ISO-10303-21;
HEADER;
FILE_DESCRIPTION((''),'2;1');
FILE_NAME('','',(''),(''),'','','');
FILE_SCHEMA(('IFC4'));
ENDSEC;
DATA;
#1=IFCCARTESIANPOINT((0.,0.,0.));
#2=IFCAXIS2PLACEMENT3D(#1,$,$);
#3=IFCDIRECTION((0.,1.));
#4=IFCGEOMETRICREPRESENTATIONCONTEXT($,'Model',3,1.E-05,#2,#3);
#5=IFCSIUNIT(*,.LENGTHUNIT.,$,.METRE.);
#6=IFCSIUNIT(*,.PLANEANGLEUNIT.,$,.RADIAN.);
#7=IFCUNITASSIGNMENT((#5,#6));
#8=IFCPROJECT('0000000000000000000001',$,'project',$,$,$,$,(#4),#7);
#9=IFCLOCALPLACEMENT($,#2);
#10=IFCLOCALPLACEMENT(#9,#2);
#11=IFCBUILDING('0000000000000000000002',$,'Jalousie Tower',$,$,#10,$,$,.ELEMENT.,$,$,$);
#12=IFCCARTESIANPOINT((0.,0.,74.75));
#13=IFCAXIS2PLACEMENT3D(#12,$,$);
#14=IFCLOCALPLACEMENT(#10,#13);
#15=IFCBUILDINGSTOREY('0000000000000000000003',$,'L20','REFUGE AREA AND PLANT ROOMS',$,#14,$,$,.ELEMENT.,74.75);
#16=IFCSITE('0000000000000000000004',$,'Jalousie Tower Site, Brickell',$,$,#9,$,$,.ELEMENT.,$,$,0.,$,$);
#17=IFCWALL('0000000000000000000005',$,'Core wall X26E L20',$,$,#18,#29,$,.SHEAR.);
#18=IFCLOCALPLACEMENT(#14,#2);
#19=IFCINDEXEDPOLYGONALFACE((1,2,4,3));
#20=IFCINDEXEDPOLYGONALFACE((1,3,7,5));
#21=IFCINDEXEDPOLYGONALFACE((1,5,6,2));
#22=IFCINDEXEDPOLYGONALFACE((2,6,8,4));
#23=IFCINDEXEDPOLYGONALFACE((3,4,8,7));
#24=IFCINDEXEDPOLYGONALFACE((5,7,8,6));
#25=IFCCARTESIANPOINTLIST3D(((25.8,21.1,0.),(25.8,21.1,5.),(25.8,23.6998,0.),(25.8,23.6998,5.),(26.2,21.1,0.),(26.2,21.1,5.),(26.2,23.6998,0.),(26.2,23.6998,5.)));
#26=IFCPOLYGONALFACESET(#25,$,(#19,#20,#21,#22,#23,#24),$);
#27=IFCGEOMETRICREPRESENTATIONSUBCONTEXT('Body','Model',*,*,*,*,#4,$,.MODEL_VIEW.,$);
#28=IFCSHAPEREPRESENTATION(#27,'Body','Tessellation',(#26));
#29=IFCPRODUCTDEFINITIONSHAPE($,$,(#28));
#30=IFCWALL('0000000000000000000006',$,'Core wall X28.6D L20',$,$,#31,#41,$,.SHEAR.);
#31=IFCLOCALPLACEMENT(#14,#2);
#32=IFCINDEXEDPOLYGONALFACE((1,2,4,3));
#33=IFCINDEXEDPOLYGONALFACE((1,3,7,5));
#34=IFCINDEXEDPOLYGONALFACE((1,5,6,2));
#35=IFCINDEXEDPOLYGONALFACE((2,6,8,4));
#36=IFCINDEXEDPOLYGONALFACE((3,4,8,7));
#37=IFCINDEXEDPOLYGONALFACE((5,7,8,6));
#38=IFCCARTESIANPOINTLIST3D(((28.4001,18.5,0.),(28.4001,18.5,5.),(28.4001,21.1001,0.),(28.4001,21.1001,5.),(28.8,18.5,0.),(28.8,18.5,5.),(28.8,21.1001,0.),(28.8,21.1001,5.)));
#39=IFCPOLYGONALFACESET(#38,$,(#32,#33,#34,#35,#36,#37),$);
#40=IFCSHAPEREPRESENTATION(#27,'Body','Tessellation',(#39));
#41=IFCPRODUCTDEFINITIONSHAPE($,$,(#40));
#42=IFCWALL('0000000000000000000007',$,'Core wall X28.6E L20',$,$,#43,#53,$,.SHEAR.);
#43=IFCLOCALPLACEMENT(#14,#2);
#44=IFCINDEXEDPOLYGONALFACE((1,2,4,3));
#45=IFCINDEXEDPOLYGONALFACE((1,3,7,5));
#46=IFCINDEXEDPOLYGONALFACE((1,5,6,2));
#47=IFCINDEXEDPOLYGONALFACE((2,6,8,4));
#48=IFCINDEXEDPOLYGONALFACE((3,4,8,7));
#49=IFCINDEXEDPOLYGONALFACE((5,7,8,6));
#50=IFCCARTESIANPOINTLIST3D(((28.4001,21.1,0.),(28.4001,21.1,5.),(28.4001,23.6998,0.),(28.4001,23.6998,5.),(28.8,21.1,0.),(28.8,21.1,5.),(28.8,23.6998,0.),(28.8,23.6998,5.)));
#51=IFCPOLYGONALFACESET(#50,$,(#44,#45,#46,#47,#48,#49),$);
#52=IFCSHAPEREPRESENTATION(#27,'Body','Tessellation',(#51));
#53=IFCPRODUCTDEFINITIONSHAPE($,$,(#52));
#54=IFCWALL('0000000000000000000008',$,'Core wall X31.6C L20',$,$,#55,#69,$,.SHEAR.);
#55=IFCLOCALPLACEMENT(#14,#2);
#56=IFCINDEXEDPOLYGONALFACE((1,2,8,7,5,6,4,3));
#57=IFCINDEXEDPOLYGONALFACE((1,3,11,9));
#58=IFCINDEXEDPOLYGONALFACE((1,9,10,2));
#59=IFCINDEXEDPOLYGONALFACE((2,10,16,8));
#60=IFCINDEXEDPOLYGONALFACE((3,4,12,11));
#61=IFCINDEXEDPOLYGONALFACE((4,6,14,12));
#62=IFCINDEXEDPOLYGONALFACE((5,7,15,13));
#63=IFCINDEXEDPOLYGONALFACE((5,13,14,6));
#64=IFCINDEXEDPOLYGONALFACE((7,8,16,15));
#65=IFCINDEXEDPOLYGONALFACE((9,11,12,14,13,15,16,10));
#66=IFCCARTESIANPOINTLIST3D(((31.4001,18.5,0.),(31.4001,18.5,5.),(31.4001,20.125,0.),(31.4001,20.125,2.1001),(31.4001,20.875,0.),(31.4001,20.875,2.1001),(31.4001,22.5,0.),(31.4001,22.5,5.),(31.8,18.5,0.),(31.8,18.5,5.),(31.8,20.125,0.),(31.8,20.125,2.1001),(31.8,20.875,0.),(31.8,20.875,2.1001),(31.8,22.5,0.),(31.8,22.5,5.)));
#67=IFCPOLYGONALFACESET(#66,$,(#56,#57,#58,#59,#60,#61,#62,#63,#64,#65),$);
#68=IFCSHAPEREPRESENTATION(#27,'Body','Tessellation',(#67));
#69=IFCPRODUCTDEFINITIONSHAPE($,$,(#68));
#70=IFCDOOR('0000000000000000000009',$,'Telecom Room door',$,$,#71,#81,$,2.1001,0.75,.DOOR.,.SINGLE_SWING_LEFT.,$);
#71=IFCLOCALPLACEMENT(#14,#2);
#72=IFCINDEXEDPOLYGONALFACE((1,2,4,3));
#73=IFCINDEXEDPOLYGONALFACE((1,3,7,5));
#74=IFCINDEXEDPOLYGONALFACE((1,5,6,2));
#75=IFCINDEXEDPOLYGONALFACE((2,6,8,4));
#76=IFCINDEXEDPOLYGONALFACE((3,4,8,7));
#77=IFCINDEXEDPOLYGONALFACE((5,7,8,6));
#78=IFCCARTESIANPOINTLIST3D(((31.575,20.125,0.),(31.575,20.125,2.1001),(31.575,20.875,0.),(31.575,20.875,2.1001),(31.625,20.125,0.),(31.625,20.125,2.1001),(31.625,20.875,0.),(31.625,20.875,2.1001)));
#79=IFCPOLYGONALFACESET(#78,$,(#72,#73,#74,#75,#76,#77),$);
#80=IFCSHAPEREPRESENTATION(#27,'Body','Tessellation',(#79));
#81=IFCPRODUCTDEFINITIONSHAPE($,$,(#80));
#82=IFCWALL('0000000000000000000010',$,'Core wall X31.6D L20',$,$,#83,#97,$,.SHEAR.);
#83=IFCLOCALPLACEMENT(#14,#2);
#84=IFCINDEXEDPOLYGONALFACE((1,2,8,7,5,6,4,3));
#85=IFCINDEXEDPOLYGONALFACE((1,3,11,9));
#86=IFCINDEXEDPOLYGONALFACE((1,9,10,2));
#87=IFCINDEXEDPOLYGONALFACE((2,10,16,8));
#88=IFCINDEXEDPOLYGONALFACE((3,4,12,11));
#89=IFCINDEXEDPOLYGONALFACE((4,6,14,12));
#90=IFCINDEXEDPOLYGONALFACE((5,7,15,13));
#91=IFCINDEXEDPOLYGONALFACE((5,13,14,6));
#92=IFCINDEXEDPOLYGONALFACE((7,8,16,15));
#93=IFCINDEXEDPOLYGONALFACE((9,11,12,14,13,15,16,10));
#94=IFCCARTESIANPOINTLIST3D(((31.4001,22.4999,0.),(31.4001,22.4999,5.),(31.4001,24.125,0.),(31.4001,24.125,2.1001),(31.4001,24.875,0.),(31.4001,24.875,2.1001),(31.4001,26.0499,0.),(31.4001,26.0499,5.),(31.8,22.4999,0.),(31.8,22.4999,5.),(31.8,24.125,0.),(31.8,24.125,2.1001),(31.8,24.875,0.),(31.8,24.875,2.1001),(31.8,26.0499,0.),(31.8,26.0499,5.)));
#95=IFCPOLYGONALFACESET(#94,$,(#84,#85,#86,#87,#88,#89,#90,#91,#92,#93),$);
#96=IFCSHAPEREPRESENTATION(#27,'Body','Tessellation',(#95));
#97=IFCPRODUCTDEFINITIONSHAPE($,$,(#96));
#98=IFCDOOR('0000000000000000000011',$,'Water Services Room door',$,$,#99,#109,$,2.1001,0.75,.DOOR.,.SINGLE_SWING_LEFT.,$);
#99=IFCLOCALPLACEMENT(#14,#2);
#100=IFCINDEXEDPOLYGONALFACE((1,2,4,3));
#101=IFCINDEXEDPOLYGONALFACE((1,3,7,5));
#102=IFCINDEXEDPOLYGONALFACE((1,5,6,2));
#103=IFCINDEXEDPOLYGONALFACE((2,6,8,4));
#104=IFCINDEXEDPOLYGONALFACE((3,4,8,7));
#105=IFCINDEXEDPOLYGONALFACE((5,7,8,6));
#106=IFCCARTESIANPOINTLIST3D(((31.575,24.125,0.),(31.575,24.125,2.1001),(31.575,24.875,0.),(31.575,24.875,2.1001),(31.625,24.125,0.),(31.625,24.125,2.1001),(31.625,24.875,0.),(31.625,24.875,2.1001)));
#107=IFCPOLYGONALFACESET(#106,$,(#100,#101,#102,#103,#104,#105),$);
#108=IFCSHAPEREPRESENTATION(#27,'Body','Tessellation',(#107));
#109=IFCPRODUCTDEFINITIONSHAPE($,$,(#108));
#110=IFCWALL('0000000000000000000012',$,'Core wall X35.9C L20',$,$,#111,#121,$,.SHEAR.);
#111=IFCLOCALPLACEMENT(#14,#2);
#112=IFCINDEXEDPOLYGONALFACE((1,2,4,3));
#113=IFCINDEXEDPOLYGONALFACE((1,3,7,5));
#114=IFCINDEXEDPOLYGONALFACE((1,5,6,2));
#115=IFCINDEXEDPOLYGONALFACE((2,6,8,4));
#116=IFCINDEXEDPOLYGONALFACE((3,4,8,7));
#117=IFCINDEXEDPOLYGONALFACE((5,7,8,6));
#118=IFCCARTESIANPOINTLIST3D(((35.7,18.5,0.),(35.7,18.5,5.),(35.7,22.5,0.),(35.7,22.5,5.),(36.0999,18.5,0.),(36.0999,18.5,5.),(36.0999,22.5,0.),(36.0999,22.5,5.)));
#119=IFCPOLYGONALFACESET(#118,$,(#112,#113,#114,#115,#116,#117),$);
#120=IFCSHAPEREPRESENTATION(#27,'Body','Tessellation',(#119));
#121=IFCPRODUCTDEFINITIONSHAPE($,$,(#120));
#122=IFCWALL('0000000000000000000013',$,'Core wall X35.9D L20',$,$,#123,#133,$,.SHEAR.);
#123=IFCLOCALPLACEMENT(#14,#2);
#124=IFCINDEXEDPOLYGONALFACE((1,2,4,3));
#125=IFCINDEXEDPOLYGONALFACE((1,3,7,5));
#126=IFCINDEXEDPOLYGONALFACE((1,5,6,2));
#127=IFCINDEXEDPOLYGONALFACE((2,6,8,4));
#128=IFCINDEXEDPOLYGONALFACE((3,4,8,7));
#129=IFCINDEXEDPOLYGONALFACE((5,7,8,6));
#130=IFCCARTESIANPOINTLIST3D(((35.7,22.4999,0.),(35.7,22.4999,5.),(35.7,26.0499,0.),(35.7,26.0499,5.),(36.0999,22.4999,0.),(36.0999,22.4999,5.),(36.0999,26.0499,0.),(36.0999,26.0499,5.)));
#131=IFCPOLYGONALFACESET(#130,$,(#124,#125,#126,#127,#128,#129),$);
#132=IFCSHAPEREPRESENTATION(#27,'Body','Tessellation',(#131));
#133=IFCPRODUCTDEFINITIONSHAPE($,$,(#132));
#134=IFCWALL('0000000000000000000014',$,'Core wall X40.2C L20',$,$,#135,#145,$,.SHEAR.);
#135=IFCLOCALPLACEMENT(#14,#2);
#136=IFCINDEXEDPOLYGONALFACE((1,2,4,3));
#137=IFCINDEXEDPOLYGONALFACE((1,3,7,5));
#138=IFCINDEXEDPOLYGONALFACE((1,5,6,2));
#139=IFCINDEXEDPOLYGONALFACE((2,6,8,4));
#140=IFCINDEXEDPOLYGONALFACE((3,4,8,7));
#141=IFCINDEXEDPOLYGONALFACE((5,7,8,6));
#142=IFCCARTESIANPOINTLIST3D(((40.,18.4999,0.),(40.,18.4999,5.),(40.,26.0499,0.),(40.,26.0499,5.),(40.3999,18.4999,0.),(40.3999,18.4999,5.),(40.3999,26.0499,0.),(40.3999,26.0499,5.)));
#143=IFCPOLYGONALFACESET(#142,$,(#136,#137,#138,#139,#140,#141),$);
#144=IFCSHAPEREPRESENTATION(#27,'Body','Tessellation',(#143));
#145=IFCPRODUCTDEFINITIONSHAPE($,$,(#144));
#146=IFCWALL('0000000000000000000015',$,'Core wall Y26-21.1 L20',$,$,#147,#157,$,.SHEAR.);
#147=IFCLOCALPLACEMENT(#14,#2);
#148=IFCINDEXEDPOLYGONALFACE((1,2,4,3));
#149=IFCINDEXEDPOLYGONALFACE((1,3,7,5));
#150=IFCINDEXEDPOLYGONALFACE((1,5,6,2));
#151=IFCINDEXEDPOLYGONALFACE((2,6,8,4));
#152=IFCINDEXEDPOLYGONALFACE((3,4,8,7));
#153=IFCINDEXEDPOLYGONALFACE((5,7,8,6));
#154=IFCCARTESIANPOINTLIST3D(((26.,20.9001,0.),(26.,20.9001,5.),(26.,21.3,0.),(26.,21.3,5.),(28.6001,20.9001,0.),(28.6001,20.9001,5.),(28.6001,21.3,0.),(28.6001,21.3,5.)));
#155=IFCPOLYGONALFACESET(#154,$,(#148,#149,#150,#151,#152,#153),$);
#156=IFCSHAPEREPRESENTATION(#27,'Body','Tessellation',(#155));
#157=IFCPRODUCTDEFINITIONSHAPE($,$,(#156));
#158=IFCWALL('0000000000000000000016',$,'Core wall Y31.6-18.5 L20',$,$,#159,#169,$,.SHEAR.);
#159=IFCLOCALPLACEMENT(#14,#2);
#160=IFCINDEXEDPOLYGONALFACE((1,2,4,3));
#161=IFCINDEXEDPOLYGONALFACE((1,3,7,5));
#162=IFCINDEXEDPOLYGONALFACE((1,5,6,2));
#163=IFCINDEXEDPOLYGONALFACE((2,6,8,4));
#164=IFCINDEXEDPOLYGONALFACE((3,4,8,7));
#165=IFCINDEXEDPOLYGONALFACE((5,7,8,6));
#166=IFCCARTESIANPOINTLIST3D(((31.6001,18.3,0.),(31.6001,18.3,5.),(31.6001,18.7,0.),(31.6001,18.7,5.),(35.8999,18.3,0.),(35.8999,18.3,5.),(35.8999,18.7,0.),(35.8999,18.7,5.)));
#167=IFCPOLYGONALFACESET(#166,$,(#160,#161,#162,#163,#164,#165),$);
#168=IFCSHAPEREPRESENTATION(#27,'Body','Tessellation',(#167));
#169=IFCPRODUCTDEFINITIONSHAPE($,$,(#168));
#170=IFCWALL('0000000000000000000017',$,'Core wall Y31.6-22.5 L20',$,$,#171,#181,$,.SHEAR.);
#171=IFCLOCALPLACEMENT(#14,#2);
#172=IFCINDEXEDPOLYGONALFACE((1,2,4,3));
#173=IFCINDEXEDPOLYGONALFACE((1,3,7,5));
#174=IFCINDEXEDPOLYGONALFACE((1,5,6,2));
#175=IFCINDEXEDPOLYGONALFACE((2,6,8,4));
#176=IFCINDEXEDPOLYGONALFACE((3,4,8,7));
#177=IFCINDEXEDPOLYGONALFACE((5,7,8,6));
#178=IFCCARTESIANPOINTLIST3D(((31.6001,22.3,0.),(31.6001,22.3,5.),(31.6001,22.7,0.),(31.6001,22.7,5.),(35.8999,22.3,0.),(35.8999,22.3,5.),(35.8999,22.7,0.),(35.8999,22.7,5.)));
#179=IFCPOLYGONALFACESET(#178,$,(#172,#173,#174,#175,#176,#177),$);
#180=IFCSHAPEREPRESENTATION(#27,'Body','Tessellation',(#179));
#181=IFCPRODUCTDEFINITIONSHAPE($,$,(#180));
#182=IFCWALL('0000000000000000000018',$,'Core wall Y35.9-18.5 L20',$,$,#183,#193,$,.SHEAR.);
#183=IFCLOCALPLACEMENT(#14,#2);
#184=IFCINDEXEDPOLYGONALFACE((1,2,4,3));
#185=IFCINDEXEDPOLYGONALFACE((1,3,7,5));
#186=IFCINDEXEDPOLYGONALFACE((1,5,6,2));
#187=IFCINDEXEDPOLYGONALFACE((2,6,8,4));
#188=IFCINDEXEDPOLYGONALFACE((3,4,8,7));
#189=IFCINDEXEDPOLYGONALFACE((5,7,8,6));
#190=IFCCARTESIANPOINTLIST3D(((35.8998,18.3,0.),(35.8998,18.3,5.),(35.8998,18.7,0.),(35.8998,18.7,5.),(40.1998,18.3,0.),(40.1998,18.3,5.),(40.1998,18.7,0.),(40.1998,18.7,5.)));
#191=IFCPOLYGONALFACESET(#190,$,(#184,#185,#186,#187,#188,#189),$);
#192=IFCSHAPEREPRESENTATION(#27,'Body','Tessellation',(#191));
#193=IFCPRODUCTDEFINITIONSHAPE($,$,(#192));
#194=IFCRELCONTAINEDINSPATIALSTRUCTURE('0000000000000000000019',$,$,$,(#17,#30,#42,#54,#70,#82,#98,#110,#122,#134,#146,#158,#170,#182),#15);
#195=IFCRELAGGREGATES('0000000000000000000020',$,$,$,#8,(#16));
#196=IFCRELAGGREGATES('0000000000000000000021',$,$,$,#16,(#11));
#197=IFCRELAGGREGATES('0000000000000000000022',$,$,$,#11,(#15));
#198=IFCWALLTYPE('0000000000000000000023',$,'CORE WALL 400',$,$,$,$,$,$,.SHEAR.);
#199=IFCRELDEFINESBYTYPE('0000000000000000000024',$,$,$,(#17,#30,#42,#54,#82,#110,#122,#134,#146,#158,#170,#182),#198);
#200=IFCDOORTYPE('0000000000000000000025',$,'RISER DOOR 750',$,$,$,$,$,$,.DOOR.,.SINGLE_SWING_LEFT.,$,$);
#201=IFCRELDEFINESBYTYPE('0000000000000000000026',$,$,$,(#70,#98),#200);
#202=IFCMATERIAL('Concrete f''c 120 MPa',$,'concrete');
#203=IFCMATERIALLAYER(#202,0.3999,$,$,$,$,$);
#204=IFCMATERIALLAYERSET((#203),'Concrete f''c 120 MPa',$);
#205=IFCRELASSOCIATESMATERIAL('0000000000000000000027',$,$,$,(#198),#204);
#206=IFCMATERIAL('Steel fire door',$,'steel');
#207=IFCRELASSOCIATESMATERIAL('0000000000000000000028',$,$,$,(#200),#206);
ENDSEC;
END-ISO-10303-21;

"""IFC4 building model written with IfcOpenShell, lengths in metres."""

from ifc_helpers import new_model, si_unit, direction, frame, frame_2d, origin, place, context, subcontext, project, spatial, rectangle, extrude, material, layer, layer_set, type_object, element, fill, save


model = new_model("IFC4")

# Units and contexts
model_context = context("Model", 3, precision=1e-05, world=origin(), true_north=direction((0.0, 1.0)))
body_context = subcontext(model_context, "Body", "Model", "MODEL_VIEW")
ifc_project = project(units=[si_unit("LENGTHUNIT", "METRE"), si_unit("PLANEANGLEUNIT", "RADIAN")], contexts=[model_context])

# Site, building, storey
site_placement = place(None, origin())
site = spatial("IfcSite", under=ifc_project, at=site_placement, Name="Jalousie Tower Site, Brickell", CompositionType="ELEMENT", RefElevation=0.0)
building_placement = place(site_placement, origin())
building = spatial("IfcBuilding", under=site, at=building_placement, Name="Jalousie Tower", CompositionType="ELEMENT")
storey_placement = place(building_placement, frame((0.0, 0.0, 74.75)))
storey = spatial("IfcBuildingStorey", under=building, at=storey_placement, Name="L20", Description="REFUGE AREA AND PLANT ROOMS", CompositionType="ELEMENT", Elevation=74.75)

# Walls
ifc_material_1 = material(Name="Concrete f'c 120 MPa", Category="concrete")
ifc_layer = layer(ifc_material_1, 0.3999)
ifc_layer_set = layer_set([ifc_layer], Name="Concrete f'c 120 MPa")
wall_type_1 = type_object("IfcWallType", Name="CORE WALL 400", PredefinedType="SHEAR", material=ifc_layer_set)
wall_1_placement = place(storey_placement, frame((26.0, 21.1001, 0.0), z_axis=(0.0, 0.0, 1.0), x_axis=(0.0, 1.0, 0.0)))
element("IfcWall", 1, at=wall_1_placement, inside=storey, type_object=wall_type_1, Name="Core wall X26E L20", PredefinedType="SHEAR", context=body_context, shape_type="SweptSolid", body=[
    extrude(rectangle(XDim=2.5999, YDim=0.3999, at=frame_2d((1.2998, 0.0))), origin(), (0.0, 0.0, 1.0), 5.0),
])
wall_2_placement = place(storey_placement, frame((28.6001, 18.5, 0.0), z_axis=(0.0, 0.0, 1.0), x_axis=(0.0, 1.0, 0.0)))
element("IfcWall", 2, at=wall_2_placement, inside=storey, type_object=wall_type_1, Name="Core wall X28.6D L20", PredefinedType="SHEAR", context=body_context, shape_type="SweptSolid", body=[
    extrude(rectangle(XDim=2.6001, YDim=0.3999, at=frame_2d((1.3, 0.0))), origin(), (0.0, 0.0, 1.0), 5.0),
])
wall_3_placement = place(storey_placement, frame((28.6001, 21.1001, 0.0), z_axis=(0.0, 0.0, 1.0), x_axis=(0.0, 1.0, 0.0)))
element("IfcWall", 3, at=wall_3_placement, inside=storey, type_object=wall_type_1, Name="Core wall X28.6E L20", PredefinedType="SHEAR", context=body_context, shape_type="SweptSolid", body=[
    extrude(rectangle(XDim=2.5999, YDim=0.3999, at=frame_2d((1.2998, 0.0))), origin(), (0.0, 0.0, 1.0), 5.0),
])

# Walls, openings, doors
wall_4_placement = place(storey_placement, frame((31.6001, 18.5, 0.0), z_axis=(0.0, 0.0, 1.0), x_axis=(0.0, 1.0, 0.0)))
wall_4 = element("IfcWall", 4, at=wall_4_placement, inside=storey, type_object=wall_type_1, Name="Core wall X31.6C L20", PredefinedType="SHEAR", context=body_context, shape_type="SweptSolid", body=[
    extrude(rectangle(XDim=4.0, YDim=0.3999, at=frame_2d((2.0, 0.0))), origin(), (0.0, 0.0, 1.0), 5.0),
])
opening_1_placement = place(wall_4_placement, frame((1.625, 0.0, 0.0)))
opening_1 = element("IfcOpeningElement", 5, at=opening_1_placement, cuts=wall_4, PredefinedType="OPENING", context=body_context, shape_type="SweptSolid", body=[
    extrude(rectangle(XDim=0.75, YDim=2.1001, at=frame_2d((0.375, 1.05))), frame((0.0, 0.21, 0.0), z_axis=(0.0, -1.0, 0.0), x_axis=(1.0, 0.0, 0.0)), (0.0, 0.0, 1.0), 0.4199),
])
ifc_material_2 = material(Name="Steel fire door", Category="steel")
door_type_1 = type_object("IfcDoorType", Name="RISER DOOR 750", OperationType="SINGLE_SWING_LEFT", PredefinedType="DOOR", material=ifc_material_2)
door_1_placement = place(opening_1_placement, frame((0.75, 0.0, 0.0), z_axis=(0.0, 0.0, 1.0), x_axis=(-1.0, 0.0, 0.0)))
door_1 = element("IfcDoor", 6, at=door_1_placement, inside=storey, type_object=door_type_1, Name="Telecom Room door", OperationType="SINGLE_SWING_LEFT", OverallHeight=2.1001, OverallWidth=0.75, PredefinedType="DOOR", context=body_context, shape_type="SweptSolid", body=[
    extrude(rectangle(XDim=0.75, YDim=2.1001, at=frame_2d((0.375, 1.05))), frame((0.0, 0.0249, 0.0), z_axis=(0.0, -1.0, 0.0), x_axis=(1.0, 0.0, 0.0)), (0.0, 0.0, 1.0), 0.05),
])
fill(opening_1, door_1)
wall_5_placement = place(storey_placement, frame((31.6001, 22.5, 0.0), z_axis=(0.0, 0.0, 1.0), x_axis=(0.0, 1.0, 0.0)))
wall_5 = element("IfcWall", 7, at=wall_5_placement, inside=storey, type_object=wall_type_1, Name="Core wall X31.6D L20", PredefinedType="SHEAR", context=body_context, shape_type="SweptSolid", body=[
    extrude(rectangle(XDim=3.55, YDim=0.3999, at=frame_2d((1.7749, 0.0))), origin(), (0.0, 0.0, 1.0), 5.0),
])
opening_2_placement = place(wall_5_placement, frame((1.625, 0.0, 0.0)))
opening_2 = element("IfcOpeningElement", 8, at=opening_2_placement, cuts=wall_5, PredefinedType="OPENING", context=body_context, shape_type="SweptSolid", body=[
    extrude(rectangle(XDim=0.75, YDim=2.1001, at=frame_2d((0.375, 1.05))), frame((0.0, 0.21, 0.0), z_axis=(0.0, -1.0, 0.0), x_axis=(1.0, 0.0, 0.0)), (0.0, 0.0, 1.0), 0.4199),
])
door_2_placement = place(opening_2_placement, frame((0.75, 0.0, 0.0), z_axis=(0.0, 0.0, 1.0), x_axis=(-1.0, 0.0, 0.0)))
door_2 = element("IfcDoor", 9, at=door_2_placement, inside=storey, type_object=door_type_1, Name="Water Services Room door", OperationType="SINGLE_SWING_LEFT", OverallHeight=2.1001, OverallWidth=0.75, PredefinedType="DOOR", context=body_context, shape_type="SweptSolid", body=[
    extrude(rectangle(XDim=0.75, YDim=2.1001, at=frame_2d((0.375, 1.05))), frame((0.0, 0.0249, 0.0), z_axis=(0.0, -1.0, 0.0), x_axis=(1.0, 0.0, 0.0)), (0.0, 0.0, 1.0), 0.05),
])
fill(opening_2, door_2)

# Walls
wall_6_placement = place(storey_placement, frame((35.8999, 18.5, 0.0), z_axis=(0.0, 0.0, 1.0), x_axis=(0.0, 1.0, 0.0)))
element("IfcWall", 10, at=wall_6_placement, inside=storey, type_object=wall_type_1, Name="Core wall X35.9C L20", PredefinedType="SHEAR", context=body_context, shape_type="SweptSolid", body=[
    extrude(rectangle(XDim=4.0, YDim=0.3999, at=frame_2d((2.0, 0.0))), origin(), (0.0, 0.0, 1.0), 5.0),
])
wall_7_placement = place(storey_placement, frame((35.8999, 22.5, 0.0), z_axis=(0.0, 0.0, 1.0), x_axis=(0.0, 1.0, 0.0)))
element("IfcWall", 11, at=wall_7_placement, inside=storey, type_object=wall_type_1, Name="Core wall X35.9D L20", PredefinedType="SHEAR", context=body_context, shape_type="SweptSolid", body=[
    extrude(rectangle(XDim=3.55, YDim=0.3999, at=frame_2d((1.7749, 0.0))), origin(), (0.0, 0.0, 1.0), 5.0),
])
wall_8_placement = place(storey_placement, frame((40.2, 18.5, 0.0), z_axis=(0.0, 0.0, 1.0), x_axis=(0.0, 1.0, 0.0)))
element("IfcWall", 12, at=wall_8_placement, inside=storey, type_object=wall_type_1, Name="Core wall X40.2C L20", PredefinedType="SHEAR", context=body_context, shape_type="SweptSolid", body=[
    extrude(rectangle(XDim=7.55, YDim=0.3999, at=frame_2d((3.7749, 0.0))), origin(), (0.0, 0.0, 1.0), 5.0),
])
wall_9_placement = place(storey_placement, frame((26.0, 21.1001, 0.0), z_axis=(0.0, 0.0, 1.0), x_axis=(1.0, 0.0, 0.0)))
element("IfcWall", 13, at=wall_9_placement, inside=storey, type_object=wall_type_1, Name="Core wall Y26-21.1 L20", PredefinedType="SHEAR", context=body_context, shape_type="SweptSolid", body=[
    extrude(rectangle(XDim=2.6001, YDim=0.3999, at=frame_2d((1.3, 0.0))), origin(), (0.0, 0.0, 1.0), 5.0),
])
for number, where, z_axis, x_axis, name in (
    (14, (31.6001, 18.5, 0.0), (0.0, 0.0, 1.0), (1.0, 0.0, 0.0), "Core wall Y31.6-18.5 L20"),
    (15, (31.6001, 22.5, 0.0), (0.0, 0.0, 1.0), (1.0, 0.0, 0.0), "Core wall Y31.6-22.5 L20"),
):
    element("IfcWall", number, at=place(storey_placement, frame(where, z_axis=z_axis, x_axis=x_axis)), inside=storey, type_object=wall_type_1, Name=name, PredefinedType="SHEAR", context=body_context, shape_type="SweptSolid", body=[
        extrude(rectangle(XDim=4.2998, YDim=0.3999, at=frame_2d((2.1499, 0.0))), origin(), (0.0, 0.0, 1.0), 5.0),
    ])
wall_10_placement = place(storey_placement, frame((35.8999, 18.5, 0.0), z_axis=(0.0, 0.0, 1.0), x_axis=(1.0, 0.0, 0.0)))
element("IfcWall", 16, at=wall_10_placement, inside=storey, type_object=wall_type_1, Name="Core wall Y35.9-18.5 L20", PredefinedType="SHEAR", context=body_context, shape_type="SweptSolid", body=[
    extrude(rectangle(XDim=4.3, YDim=0.3999, at=frame_2d((2.1499, 0.0))), origin(), (0.0, 0.0, 1.0), 5.0),
])

save(model, "model.ifc")
